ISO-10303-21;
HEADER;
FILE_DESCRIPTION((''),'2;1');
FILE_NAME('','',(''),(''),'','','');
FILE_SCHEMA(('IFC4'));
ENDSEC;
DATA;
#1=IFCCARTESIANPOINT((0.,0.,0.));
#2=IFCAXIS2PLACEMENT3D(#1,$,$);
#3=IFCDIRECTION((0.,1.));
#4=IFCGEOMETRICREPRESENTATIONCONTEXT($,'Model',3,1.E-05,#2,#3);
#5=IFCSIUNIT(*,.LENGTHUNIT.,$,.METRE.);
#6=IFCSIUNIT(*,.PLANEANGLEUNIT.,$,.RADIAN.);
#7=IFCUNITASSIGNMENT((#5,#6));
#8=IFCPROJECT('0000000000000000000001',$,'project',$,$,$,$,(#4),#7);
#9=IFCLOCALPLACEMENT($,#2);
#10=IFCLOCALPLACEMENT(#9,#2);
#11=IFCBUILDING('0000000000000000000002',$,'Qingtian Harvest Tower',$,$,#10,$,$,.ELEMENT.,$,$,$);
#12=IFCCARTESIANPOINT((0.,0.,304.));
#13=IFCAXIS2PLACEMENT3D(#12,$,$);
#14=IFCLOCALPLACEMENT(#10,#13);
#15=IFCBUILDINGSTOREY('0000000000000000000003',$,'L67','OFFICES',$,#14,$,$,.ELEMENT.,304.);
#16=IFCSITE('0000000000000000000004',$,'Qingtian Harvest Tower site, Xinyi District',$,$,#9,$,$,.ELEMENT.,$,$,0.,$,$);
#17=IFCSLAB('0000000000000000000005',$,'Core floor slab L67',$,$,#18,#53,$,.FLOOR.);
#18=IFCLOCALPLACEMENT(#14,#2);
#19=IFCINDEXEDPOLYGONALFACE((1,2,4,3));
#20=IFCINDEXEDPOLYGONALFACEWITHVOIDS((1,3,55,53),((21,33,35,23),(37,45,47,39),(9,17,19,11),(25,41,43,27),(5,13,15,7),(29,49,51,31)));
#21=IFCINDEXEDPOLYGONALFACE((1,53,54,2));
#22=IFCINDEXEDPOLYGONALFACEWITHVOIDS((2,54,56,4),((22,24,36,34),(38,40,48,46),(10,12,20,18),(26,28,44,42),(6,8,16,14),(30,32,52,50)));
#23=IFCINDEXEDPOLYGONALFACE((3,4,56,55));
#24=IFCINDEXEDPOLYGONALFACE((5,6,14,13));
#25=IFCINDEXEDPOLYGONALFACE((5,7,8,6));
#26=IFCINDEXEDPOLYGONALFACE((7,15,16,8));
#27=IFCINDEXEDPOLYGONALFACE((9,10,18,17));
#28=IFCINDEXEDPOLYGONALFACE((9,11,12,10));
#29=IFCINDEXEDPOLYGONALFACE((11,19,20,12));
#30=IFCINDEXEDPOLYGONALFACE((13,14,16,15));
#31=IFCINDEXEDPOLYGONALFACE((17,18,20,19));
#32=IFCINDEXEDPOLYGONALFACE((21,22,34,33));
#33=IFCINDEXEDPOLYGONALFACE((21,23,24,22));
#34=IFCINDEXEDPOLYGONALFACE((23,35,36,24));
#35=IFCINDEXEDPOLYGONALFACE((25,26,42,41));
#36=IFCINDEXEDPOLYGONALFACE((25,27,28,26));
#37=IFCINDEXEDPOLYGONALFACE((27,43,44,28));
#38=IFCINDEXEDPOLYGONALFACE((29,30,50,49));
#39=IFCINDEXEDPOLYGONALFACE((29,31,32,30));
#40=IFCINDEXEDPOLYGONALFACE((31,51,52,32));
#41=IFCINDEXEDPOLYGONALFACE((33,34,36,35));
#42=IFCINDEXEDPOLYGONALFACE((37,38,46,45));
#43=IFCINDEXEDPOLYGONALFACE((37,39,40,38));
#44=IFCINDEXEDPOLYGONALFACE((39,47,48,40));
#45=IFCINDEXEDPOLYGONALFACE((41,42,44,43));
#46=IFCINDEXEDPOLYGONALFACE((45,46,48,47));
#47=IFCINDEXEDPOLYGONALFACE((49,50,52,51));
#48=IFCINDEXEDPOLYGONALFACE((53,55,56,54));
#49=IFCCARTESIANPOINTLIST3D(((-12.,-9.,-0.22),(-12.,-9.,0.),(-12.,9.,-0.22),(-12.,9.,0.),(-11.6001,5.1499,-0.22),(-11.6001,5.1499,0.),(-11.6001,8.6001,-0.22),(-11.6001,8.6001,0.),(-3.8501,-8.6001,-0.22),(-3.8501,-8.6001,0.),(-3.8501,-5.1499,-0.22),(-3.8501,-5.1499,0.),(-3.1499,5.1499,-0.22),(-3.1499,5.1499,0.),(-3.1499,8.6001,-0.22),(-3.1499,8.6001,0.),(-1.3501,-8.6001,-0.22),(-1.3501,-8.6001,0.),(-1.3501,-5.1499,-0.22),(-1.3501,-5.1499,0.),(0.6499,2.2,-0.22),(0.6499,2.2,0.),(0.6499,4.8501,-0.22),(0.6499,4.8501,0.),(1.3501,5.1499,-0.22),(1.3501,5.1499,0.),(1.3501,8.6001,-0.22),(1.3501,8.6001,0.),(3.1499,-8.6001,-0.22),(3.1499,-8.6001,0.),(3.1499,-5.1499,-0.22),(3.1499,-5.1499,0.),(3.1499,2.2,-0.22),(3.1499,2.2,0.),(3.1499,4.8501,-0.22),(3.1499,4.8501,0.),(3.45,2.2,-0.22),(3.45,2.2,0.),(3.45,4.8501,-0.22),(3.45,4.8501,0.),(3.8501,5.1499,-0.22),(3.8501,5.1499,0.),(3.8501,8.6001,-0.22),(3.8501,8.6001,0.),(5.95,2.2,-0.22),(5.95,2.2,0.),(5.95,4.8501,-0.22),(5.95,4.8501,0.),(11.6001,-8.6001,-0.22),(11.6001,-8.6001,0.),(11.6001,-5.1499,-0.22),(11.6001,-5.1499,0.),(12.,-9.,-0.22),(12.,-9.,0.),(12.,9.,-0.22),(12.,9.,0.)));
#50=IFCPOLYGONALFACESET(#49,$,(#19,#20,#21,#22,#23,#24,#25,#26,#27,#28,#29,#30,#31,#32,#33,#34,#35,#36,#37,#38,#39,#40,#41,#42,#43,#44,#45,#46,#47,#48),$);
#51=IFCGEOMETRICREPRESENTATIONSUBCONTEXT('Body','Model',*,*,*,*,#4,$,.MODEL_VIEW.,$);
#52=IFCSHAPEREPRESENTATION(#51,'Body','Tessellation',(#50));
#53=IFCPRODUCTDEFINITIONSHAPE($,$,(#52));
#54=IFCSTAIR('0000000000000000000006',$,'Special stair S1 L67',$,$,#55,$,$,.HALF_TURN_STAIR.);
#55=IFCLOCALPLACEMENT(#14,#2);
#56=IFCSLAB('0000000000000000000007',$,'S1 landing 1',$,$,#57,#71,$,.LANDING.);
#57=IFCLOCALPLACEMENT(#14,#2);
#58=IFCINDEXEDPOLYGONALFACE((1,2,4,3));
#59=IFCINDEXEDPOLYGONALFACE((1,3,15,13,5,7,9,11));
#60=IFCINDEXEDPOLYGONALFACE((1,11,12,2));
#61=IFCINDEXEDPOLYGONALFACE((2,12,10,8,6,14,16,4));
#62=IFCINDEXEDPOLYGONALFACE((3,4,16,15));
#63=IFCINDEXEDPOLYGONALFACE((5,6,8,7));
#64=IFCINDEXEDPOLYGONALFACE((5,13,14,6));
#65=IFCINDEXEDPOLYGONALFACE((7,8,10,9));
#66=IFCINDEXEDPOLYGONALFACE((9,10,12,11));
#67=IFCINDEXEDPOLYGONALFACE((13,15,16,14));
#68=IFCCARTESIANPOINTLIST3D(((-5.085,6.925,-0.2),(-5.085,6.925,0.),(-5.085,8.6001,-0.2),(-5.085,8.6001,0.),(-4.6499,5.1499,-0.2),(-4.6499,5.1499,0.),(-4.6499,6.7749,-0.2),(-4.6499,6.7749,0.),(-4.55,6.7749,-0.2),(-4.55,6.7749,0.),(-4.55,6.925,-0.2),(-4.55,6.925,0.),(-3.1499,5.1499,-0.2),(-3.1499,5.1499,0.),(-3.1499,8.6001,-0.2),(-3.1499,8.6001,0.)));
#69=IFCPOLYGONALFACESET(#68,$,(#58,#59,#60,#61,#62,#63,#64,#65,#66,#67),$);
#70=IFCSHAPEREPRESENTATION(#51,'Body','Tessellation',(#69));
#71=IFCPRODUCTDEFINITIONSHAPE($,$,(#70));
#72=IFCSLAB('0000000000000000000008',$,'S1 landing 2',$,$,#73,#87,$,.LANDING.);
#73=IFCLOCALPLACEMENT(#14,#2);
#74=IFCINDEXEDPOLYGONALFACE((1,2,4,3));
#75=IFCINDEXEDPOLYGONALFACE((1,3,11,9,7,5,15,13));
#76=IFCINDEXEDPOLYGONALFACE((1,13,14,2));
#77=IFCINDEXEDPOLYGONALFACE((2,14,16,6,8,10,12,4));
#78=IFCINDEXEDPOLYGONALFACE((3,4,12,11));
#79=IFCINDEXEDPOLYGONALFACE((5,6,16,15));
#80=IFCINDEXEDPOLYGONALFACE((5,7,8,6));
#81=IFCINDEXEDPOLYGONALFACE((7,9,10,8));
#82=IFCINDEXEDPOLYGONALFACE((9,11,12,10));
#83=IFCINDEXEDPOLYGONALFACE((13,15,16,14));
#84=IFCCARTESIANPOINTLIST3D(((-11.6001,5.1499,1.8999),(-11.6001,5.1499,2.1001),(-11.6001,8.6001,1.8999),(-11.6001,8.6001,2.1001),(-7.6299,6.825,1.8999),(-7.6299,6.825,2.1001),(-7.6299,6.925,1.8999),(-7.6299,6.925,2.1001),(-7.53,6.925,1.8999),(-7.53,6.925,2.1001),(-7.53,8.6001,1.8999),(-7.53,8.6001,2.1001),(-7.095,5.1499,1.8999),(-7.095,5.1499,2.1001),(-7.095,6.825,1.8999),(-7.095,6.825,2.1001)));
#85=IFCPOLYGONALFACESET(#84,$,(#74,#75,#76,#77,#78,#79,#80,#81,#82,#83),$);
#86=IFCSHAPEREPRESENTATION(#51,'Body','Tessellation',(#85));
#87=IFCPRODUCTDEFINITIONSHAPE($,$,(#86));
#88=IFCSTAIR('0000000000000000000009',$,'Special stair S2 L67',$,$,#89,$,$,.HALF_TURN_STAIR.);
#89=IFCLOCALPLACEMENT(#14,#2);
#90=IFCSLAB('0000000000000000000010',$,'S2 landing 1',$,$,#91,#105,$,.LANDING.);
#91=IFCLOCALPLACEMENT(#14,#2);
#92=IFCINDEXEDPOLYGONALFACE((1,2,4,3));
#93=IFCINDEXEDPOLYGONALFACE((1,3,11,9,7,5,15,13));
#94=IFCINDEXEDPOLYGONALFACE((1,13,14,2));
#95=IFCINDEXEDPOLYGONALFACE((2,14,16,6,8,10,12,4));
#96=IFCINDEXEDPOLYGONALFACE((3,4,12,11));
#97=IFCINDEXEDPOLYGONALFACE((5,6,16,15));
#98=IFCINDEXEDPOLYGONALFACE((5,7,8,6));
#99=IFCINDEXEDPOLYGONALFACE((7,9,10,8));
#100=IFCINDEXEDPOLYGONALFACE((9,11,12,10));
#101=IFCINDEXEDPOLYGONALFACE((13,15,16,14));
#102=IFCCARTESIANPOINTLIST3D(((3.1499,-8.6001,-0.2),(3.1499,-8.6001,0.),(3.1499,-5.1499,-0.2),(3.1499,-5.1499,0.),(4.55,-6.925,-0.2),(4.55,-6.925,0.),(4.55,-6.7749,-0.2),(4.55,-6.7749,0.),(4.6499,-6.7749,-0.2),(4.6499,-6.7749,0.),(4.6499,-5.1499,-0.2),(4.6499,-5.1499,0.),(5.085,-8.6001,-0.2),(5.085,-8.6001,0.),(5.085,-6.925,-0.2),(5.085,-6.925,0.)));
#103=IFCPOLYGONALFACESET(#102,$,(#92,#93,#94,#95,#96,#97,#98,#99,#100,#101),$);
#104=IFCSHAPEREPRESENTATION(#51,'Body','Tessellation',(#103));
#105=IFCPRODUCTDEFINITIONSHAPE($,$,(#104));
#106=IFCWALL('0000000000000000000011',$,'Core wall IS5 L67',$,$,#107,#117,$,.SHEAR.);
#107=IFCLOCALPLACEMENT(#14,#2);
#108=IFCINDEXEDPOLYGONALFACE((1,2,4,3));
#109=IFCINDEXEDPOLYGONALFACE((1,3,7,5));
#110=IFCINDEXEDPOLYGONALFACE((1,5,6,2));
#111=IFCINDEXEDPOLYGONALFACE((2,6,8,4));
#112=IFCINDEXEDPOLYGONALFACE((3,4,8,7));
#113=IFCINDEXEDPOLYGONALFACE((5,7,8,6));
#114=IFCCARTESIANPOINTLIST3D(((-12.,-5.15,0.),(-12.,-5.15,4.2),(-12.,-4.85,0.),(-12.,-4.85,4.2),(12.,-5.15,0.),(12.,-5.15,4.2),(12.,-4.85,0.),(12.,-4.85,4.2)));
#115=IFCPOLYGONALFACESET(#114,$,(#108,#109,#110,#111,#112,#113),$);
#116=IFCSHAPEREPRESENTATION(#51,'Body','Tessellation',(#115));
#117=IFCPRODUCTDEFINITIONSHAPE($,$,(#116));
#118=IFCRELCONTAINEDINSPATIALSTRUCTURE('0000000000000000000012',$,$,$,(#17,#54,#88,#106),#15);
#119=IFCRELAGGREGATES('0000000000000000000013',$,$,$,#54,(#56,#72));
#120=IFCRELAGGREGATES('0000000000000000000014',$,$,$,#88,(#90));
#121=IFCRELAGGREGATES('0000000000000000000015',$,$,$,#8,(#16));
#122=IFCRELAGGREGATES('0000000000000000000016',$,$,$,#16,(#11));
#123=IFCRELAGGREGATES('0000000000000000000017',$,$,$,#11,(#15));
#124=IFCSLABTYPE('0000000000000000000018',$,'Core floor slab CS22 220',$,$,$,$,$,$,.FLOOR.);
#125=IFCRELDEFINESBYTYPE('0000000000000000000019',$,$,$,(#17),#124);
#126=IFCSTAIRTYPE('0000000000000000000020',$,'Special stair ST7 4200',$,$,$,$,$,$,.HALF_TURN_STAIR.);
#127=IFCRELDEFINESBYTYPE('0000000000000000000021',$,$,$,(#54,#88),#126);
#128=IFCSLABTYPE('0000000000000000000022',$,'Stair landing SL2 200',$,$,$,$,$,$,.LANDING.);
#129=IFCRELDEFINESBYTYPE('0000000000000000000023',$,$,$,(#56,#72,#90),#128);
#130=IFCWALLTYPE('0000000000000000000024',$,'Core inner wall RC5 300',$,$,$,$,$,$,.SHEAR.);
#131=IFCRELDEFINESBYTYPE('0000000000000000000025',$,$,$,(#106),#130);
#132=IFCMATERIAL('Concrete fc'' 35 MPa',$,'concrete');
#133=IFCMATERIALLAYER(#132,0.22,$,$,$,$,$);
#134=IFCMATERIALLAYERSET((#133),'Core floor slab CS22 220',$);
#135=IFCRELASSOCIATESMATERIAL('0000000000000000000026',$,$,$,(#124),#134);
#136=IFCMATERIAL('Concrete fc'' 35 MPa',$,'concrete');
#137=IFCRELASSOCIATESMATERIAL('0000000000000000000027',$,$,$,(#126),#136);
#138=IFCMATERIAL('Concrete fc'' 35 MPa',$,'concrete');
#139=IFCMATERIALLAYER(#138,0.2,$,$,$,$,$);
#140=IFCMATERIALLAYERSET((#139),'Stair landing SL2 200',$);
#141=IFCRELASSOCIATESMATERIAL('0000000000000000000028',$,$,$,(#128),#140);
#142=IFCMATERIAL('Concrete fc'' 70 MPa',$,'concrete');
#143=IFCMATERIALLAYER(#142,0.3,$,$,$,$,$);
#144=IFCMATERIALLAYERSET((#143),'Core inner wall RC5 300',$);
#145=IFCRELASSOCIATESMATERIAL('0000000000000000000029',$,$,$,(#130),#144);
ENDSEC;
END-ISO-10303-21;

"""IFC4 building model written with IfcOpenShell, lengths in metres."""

from ifc_helpers import new_model, si_unit, direction, frame, frame_2d, origin, place, context, subcontext, project, spatial, polyline, rectangle, outline, extrude, material, layer, layer_set, type_object, element, aggregate, save


model = new_model("IFC4")

# Units and contexts
model_context = context("Model", 3, precision=1e-05, world=origin(), true_north=direction((0.0, 1.0)))
body_context = subcontext(model_context, "Body", "Model", "MODEL_VIEW")
ifc_project = project(units=[si_unit("LENGTHUNIT", "METRE"), si_unit("PLANEANGLEUNIT", "RADIAN")], contexts=[model_context])

# Site, building, storey
site_placement = place(None, origin())
site = spatial("IfcSite", under=ifc_project, at=site_placement, Name="Qingtian Harvest Tower site, Xinyi District", CompositionType="ELEMENT", RefElevation=0.0)
building_placement = place(site_placement, origin())
building = spatial("IfcBuilding", under=site, at=building_placement, Name="Qingtian Harvest Tower", CompositionType="ELEMENT")
storey_placement = place(building_placement, frame((0.0, 0.0, 304.0)))
storey = spatial("IfcBuildingStorey", under=building, at=storey_placement, Name="L67", Description="OFFICES", CompositionType="ELEMENT", Elevation=304.0)

# Slab
ifc_material_1 = material(Name="Concrete fc' 35 MPa", Category="concrete")
ifc_layer_1 = layer(ifc_material_1, 0.22)
ifc_layer_set_1 = layer_set([ifc_layer_1], Name="Core floor slab CS22 220")
slab_type_1 = type_object("IfcSlabType", Name="Core floor slab CS22 220", PredefinedType="FLOOR", material=ifc_layer_set_1)
slab_1_placement = place(storey_placement, frame((0.0, 0.0, -0.22)))
element("IfcSlab", 1, at=slab_1_placement, inside=storey, type_object=slab_type_1, Name="Core floor slab L67", PredefinedType="FLOOR", context=body_context, shape_type="SweptSolid", body=[
    extrude(outline(polyline([(-12.0, -9.0), (12.0, -9.0), (12.0, 9.0), (-12.0, 9.0), (-12.0, -9.0)]), holes=[polyline([(-11.6001, 5.1499), (-3.1499, 5.1499), (-3.1499, 8.6001), (-11.6001, 8.6001), (-11.6001, 5.1499)]), polyline([(3.1499, -8.6001), (11.6001, -8.6001), (11.6001, -5.1499), (3.1499, -5.1499), (3.1499, -8.6001)]), polyline([(1.3501, 5.1499), (3.8501, 5.1499), (3.8501, 8.6001), (1.3501, 8.6001), (1.3501, 5.1499)]), polyline([(-3.8501, -8.6001), (-1.3501, -8.6001), (-1.3501, -5.1499), (-3.8501, -5.1499), (-3.8501, -8.6001)]), polyline([(0.6499, 2.2), (3.1499, 2.2), (3.1499, 4.8501), (0.6499, 4.8501), (0.6499, 2.2)]), polyline([(3.45, 2.2), (5.95, 2.2), (5.95, 4.8501), (3.45, 4.8501), (3.45, 2.2)])]), origin(), (0.0, 0.0, 1.0), 0.22),
])

# Stair, slabs
ifc_material_2 = material(Name="Concrete fc' 35 MPa", Category="concrete")
stair_type = type_object("IfcStairType", Name="Special stair ST7 4200", PredefinedType="HALF_TURN_STAIR", material=ifc_material_2)
stair_1_placement = place(storey_placement, origin())
stair_1 = element("IfcStair", 2, at=stair_1_placement, inside=storey, type_object=stair_type, Name="Special stair S1 L67", PredefinedType="HALF_TURN_STAIR")
ifc_material_3 = material(Name="Concrete fc' 35 MPa", Category="concrete")
ifc_layer_2 = layer(ifc_material_3, 0.2)
ifc_layer_set_2 = layer_set([ifc_layer_2], Name="Stair landing SL2 200")
slab_type_2 = type_object("IfcSlabType", Name="Stair landing SL2 200", PredefinedType="LANDING", material=ifc_layer_set_2)
slab_2_placement = place(storey_placement, frame((0.0, 0.0, -0.2)))
slab_2 = element("IfcSlab", 3, at=slab_2_placement, type_object=slab_type_2, Name="S1 landing 1", PredefinedType="LANDING", context=body_context, shape_type="SweptSolid", body=[
    extrude(outline(polyline([(-4.6499, 5.1499), (-4.6499, 6.7749), (-4.55, 6.7749), (-4.55, 6.925), (-5.085, 6.925), (-5.085, 8.6001), (-3.1499, 8.6001), (-3.1499, 5.1499), (-4.6499, 5.1499)])), origin(), (0.0, 0.0, 1.0), 0.2),
])
slab_3_placement = place(storey_placement, frame((0.0, 0.0, 1.8999)))
slab_3 = element("IfcSlab", 4, at=slab_3_placement, type_object=slab_type_2, Name="S1 landing 2", PredefinedType="LANDING", context=body_context, shape_type="SweptSolid", body=[
    extrude(outline(polyline([(-7.095, 5.1499), (-11.6001, 5.1499), (-11.6001, 8.6001), (-7.53, 8.6001), (-7.53, 6.925), (-7.6299, 6.925), (-7.6299, 6.825), (-7.095, 6.825), (-7.095, 5.1499)])), origin(), (0.0, 0.0, 1.0), 0.2002),
])
aggregate(stair_1, [slab_2, slab_3])

# Stair, slab
stair_2_placement = place(storey_placement, origin())
stair_2 = element("IfcStair", 5, at=stair_2_placement, inside=storey, type_object=stair_type, Name="Special stair S2 L67", PredefinedType="HALF_TURN_STAIR")
slab_4_placement = place(storey_placement, frame((0.0, 0.0, -0.2)))
slab_4 = element("IfcSlab", 6, at=slab_4_placement, type_object=slab_type_2, Name="S2 landing 1", PredefinedType="LANDING", context=body_context, shape_type="SweptSolid", body=[
    extrude(outline(polyline([(5.085, -8.6001), (3.1499, -8.6001), (3.1499, -5.1499), (4.6499, -5.1499), (4.6499, -6.7749), (4.55, -6.7749), (4.55, -6.925), (5.085, -6.925), (5.085, -8.6001)])), origin(), (0.0, 0.0, 1.0), 0.2),
])
aggregate(stair_2, [slab_4])

# Wall
ifc_material_4 = material(Name="Concrete fc' 70 MPa", Category="concrete")
ifc_layer_3 = layer(ifc_material_4, 0.3)
ifc_layer_set_3 = layer_set([ifc_layer_3], Name="Core inner wall RC5 300")
wall_type_1 = type_object("IfcWallType", Name="Core inner wall RC5 300", PredefinedType="SHEAR", material=ifc_layer_set_3)
wall_1_placement = place(storey_placement, frame((-12.0, -5.0, 0.0), z_axis=(0.0, 0.0, 1.0), x_axis=(1.0, 0.0, 0.0)))
element("IfcWall", 7, at=wall_1_placement, inside=storey, type_object=wall_type_1, Name="Core wall IS5 L67", PredefinedType="SHEAR", context=body_context, shape_type="SweptSolid", body=[
    extrude(rectangle(XDim=24.0, YDim=0.3, at=frame_2d((12.0, 0.0))), origin(), (0.0, 0.0, 1.0), 4.2),
])

save(model, "model.ifc")
